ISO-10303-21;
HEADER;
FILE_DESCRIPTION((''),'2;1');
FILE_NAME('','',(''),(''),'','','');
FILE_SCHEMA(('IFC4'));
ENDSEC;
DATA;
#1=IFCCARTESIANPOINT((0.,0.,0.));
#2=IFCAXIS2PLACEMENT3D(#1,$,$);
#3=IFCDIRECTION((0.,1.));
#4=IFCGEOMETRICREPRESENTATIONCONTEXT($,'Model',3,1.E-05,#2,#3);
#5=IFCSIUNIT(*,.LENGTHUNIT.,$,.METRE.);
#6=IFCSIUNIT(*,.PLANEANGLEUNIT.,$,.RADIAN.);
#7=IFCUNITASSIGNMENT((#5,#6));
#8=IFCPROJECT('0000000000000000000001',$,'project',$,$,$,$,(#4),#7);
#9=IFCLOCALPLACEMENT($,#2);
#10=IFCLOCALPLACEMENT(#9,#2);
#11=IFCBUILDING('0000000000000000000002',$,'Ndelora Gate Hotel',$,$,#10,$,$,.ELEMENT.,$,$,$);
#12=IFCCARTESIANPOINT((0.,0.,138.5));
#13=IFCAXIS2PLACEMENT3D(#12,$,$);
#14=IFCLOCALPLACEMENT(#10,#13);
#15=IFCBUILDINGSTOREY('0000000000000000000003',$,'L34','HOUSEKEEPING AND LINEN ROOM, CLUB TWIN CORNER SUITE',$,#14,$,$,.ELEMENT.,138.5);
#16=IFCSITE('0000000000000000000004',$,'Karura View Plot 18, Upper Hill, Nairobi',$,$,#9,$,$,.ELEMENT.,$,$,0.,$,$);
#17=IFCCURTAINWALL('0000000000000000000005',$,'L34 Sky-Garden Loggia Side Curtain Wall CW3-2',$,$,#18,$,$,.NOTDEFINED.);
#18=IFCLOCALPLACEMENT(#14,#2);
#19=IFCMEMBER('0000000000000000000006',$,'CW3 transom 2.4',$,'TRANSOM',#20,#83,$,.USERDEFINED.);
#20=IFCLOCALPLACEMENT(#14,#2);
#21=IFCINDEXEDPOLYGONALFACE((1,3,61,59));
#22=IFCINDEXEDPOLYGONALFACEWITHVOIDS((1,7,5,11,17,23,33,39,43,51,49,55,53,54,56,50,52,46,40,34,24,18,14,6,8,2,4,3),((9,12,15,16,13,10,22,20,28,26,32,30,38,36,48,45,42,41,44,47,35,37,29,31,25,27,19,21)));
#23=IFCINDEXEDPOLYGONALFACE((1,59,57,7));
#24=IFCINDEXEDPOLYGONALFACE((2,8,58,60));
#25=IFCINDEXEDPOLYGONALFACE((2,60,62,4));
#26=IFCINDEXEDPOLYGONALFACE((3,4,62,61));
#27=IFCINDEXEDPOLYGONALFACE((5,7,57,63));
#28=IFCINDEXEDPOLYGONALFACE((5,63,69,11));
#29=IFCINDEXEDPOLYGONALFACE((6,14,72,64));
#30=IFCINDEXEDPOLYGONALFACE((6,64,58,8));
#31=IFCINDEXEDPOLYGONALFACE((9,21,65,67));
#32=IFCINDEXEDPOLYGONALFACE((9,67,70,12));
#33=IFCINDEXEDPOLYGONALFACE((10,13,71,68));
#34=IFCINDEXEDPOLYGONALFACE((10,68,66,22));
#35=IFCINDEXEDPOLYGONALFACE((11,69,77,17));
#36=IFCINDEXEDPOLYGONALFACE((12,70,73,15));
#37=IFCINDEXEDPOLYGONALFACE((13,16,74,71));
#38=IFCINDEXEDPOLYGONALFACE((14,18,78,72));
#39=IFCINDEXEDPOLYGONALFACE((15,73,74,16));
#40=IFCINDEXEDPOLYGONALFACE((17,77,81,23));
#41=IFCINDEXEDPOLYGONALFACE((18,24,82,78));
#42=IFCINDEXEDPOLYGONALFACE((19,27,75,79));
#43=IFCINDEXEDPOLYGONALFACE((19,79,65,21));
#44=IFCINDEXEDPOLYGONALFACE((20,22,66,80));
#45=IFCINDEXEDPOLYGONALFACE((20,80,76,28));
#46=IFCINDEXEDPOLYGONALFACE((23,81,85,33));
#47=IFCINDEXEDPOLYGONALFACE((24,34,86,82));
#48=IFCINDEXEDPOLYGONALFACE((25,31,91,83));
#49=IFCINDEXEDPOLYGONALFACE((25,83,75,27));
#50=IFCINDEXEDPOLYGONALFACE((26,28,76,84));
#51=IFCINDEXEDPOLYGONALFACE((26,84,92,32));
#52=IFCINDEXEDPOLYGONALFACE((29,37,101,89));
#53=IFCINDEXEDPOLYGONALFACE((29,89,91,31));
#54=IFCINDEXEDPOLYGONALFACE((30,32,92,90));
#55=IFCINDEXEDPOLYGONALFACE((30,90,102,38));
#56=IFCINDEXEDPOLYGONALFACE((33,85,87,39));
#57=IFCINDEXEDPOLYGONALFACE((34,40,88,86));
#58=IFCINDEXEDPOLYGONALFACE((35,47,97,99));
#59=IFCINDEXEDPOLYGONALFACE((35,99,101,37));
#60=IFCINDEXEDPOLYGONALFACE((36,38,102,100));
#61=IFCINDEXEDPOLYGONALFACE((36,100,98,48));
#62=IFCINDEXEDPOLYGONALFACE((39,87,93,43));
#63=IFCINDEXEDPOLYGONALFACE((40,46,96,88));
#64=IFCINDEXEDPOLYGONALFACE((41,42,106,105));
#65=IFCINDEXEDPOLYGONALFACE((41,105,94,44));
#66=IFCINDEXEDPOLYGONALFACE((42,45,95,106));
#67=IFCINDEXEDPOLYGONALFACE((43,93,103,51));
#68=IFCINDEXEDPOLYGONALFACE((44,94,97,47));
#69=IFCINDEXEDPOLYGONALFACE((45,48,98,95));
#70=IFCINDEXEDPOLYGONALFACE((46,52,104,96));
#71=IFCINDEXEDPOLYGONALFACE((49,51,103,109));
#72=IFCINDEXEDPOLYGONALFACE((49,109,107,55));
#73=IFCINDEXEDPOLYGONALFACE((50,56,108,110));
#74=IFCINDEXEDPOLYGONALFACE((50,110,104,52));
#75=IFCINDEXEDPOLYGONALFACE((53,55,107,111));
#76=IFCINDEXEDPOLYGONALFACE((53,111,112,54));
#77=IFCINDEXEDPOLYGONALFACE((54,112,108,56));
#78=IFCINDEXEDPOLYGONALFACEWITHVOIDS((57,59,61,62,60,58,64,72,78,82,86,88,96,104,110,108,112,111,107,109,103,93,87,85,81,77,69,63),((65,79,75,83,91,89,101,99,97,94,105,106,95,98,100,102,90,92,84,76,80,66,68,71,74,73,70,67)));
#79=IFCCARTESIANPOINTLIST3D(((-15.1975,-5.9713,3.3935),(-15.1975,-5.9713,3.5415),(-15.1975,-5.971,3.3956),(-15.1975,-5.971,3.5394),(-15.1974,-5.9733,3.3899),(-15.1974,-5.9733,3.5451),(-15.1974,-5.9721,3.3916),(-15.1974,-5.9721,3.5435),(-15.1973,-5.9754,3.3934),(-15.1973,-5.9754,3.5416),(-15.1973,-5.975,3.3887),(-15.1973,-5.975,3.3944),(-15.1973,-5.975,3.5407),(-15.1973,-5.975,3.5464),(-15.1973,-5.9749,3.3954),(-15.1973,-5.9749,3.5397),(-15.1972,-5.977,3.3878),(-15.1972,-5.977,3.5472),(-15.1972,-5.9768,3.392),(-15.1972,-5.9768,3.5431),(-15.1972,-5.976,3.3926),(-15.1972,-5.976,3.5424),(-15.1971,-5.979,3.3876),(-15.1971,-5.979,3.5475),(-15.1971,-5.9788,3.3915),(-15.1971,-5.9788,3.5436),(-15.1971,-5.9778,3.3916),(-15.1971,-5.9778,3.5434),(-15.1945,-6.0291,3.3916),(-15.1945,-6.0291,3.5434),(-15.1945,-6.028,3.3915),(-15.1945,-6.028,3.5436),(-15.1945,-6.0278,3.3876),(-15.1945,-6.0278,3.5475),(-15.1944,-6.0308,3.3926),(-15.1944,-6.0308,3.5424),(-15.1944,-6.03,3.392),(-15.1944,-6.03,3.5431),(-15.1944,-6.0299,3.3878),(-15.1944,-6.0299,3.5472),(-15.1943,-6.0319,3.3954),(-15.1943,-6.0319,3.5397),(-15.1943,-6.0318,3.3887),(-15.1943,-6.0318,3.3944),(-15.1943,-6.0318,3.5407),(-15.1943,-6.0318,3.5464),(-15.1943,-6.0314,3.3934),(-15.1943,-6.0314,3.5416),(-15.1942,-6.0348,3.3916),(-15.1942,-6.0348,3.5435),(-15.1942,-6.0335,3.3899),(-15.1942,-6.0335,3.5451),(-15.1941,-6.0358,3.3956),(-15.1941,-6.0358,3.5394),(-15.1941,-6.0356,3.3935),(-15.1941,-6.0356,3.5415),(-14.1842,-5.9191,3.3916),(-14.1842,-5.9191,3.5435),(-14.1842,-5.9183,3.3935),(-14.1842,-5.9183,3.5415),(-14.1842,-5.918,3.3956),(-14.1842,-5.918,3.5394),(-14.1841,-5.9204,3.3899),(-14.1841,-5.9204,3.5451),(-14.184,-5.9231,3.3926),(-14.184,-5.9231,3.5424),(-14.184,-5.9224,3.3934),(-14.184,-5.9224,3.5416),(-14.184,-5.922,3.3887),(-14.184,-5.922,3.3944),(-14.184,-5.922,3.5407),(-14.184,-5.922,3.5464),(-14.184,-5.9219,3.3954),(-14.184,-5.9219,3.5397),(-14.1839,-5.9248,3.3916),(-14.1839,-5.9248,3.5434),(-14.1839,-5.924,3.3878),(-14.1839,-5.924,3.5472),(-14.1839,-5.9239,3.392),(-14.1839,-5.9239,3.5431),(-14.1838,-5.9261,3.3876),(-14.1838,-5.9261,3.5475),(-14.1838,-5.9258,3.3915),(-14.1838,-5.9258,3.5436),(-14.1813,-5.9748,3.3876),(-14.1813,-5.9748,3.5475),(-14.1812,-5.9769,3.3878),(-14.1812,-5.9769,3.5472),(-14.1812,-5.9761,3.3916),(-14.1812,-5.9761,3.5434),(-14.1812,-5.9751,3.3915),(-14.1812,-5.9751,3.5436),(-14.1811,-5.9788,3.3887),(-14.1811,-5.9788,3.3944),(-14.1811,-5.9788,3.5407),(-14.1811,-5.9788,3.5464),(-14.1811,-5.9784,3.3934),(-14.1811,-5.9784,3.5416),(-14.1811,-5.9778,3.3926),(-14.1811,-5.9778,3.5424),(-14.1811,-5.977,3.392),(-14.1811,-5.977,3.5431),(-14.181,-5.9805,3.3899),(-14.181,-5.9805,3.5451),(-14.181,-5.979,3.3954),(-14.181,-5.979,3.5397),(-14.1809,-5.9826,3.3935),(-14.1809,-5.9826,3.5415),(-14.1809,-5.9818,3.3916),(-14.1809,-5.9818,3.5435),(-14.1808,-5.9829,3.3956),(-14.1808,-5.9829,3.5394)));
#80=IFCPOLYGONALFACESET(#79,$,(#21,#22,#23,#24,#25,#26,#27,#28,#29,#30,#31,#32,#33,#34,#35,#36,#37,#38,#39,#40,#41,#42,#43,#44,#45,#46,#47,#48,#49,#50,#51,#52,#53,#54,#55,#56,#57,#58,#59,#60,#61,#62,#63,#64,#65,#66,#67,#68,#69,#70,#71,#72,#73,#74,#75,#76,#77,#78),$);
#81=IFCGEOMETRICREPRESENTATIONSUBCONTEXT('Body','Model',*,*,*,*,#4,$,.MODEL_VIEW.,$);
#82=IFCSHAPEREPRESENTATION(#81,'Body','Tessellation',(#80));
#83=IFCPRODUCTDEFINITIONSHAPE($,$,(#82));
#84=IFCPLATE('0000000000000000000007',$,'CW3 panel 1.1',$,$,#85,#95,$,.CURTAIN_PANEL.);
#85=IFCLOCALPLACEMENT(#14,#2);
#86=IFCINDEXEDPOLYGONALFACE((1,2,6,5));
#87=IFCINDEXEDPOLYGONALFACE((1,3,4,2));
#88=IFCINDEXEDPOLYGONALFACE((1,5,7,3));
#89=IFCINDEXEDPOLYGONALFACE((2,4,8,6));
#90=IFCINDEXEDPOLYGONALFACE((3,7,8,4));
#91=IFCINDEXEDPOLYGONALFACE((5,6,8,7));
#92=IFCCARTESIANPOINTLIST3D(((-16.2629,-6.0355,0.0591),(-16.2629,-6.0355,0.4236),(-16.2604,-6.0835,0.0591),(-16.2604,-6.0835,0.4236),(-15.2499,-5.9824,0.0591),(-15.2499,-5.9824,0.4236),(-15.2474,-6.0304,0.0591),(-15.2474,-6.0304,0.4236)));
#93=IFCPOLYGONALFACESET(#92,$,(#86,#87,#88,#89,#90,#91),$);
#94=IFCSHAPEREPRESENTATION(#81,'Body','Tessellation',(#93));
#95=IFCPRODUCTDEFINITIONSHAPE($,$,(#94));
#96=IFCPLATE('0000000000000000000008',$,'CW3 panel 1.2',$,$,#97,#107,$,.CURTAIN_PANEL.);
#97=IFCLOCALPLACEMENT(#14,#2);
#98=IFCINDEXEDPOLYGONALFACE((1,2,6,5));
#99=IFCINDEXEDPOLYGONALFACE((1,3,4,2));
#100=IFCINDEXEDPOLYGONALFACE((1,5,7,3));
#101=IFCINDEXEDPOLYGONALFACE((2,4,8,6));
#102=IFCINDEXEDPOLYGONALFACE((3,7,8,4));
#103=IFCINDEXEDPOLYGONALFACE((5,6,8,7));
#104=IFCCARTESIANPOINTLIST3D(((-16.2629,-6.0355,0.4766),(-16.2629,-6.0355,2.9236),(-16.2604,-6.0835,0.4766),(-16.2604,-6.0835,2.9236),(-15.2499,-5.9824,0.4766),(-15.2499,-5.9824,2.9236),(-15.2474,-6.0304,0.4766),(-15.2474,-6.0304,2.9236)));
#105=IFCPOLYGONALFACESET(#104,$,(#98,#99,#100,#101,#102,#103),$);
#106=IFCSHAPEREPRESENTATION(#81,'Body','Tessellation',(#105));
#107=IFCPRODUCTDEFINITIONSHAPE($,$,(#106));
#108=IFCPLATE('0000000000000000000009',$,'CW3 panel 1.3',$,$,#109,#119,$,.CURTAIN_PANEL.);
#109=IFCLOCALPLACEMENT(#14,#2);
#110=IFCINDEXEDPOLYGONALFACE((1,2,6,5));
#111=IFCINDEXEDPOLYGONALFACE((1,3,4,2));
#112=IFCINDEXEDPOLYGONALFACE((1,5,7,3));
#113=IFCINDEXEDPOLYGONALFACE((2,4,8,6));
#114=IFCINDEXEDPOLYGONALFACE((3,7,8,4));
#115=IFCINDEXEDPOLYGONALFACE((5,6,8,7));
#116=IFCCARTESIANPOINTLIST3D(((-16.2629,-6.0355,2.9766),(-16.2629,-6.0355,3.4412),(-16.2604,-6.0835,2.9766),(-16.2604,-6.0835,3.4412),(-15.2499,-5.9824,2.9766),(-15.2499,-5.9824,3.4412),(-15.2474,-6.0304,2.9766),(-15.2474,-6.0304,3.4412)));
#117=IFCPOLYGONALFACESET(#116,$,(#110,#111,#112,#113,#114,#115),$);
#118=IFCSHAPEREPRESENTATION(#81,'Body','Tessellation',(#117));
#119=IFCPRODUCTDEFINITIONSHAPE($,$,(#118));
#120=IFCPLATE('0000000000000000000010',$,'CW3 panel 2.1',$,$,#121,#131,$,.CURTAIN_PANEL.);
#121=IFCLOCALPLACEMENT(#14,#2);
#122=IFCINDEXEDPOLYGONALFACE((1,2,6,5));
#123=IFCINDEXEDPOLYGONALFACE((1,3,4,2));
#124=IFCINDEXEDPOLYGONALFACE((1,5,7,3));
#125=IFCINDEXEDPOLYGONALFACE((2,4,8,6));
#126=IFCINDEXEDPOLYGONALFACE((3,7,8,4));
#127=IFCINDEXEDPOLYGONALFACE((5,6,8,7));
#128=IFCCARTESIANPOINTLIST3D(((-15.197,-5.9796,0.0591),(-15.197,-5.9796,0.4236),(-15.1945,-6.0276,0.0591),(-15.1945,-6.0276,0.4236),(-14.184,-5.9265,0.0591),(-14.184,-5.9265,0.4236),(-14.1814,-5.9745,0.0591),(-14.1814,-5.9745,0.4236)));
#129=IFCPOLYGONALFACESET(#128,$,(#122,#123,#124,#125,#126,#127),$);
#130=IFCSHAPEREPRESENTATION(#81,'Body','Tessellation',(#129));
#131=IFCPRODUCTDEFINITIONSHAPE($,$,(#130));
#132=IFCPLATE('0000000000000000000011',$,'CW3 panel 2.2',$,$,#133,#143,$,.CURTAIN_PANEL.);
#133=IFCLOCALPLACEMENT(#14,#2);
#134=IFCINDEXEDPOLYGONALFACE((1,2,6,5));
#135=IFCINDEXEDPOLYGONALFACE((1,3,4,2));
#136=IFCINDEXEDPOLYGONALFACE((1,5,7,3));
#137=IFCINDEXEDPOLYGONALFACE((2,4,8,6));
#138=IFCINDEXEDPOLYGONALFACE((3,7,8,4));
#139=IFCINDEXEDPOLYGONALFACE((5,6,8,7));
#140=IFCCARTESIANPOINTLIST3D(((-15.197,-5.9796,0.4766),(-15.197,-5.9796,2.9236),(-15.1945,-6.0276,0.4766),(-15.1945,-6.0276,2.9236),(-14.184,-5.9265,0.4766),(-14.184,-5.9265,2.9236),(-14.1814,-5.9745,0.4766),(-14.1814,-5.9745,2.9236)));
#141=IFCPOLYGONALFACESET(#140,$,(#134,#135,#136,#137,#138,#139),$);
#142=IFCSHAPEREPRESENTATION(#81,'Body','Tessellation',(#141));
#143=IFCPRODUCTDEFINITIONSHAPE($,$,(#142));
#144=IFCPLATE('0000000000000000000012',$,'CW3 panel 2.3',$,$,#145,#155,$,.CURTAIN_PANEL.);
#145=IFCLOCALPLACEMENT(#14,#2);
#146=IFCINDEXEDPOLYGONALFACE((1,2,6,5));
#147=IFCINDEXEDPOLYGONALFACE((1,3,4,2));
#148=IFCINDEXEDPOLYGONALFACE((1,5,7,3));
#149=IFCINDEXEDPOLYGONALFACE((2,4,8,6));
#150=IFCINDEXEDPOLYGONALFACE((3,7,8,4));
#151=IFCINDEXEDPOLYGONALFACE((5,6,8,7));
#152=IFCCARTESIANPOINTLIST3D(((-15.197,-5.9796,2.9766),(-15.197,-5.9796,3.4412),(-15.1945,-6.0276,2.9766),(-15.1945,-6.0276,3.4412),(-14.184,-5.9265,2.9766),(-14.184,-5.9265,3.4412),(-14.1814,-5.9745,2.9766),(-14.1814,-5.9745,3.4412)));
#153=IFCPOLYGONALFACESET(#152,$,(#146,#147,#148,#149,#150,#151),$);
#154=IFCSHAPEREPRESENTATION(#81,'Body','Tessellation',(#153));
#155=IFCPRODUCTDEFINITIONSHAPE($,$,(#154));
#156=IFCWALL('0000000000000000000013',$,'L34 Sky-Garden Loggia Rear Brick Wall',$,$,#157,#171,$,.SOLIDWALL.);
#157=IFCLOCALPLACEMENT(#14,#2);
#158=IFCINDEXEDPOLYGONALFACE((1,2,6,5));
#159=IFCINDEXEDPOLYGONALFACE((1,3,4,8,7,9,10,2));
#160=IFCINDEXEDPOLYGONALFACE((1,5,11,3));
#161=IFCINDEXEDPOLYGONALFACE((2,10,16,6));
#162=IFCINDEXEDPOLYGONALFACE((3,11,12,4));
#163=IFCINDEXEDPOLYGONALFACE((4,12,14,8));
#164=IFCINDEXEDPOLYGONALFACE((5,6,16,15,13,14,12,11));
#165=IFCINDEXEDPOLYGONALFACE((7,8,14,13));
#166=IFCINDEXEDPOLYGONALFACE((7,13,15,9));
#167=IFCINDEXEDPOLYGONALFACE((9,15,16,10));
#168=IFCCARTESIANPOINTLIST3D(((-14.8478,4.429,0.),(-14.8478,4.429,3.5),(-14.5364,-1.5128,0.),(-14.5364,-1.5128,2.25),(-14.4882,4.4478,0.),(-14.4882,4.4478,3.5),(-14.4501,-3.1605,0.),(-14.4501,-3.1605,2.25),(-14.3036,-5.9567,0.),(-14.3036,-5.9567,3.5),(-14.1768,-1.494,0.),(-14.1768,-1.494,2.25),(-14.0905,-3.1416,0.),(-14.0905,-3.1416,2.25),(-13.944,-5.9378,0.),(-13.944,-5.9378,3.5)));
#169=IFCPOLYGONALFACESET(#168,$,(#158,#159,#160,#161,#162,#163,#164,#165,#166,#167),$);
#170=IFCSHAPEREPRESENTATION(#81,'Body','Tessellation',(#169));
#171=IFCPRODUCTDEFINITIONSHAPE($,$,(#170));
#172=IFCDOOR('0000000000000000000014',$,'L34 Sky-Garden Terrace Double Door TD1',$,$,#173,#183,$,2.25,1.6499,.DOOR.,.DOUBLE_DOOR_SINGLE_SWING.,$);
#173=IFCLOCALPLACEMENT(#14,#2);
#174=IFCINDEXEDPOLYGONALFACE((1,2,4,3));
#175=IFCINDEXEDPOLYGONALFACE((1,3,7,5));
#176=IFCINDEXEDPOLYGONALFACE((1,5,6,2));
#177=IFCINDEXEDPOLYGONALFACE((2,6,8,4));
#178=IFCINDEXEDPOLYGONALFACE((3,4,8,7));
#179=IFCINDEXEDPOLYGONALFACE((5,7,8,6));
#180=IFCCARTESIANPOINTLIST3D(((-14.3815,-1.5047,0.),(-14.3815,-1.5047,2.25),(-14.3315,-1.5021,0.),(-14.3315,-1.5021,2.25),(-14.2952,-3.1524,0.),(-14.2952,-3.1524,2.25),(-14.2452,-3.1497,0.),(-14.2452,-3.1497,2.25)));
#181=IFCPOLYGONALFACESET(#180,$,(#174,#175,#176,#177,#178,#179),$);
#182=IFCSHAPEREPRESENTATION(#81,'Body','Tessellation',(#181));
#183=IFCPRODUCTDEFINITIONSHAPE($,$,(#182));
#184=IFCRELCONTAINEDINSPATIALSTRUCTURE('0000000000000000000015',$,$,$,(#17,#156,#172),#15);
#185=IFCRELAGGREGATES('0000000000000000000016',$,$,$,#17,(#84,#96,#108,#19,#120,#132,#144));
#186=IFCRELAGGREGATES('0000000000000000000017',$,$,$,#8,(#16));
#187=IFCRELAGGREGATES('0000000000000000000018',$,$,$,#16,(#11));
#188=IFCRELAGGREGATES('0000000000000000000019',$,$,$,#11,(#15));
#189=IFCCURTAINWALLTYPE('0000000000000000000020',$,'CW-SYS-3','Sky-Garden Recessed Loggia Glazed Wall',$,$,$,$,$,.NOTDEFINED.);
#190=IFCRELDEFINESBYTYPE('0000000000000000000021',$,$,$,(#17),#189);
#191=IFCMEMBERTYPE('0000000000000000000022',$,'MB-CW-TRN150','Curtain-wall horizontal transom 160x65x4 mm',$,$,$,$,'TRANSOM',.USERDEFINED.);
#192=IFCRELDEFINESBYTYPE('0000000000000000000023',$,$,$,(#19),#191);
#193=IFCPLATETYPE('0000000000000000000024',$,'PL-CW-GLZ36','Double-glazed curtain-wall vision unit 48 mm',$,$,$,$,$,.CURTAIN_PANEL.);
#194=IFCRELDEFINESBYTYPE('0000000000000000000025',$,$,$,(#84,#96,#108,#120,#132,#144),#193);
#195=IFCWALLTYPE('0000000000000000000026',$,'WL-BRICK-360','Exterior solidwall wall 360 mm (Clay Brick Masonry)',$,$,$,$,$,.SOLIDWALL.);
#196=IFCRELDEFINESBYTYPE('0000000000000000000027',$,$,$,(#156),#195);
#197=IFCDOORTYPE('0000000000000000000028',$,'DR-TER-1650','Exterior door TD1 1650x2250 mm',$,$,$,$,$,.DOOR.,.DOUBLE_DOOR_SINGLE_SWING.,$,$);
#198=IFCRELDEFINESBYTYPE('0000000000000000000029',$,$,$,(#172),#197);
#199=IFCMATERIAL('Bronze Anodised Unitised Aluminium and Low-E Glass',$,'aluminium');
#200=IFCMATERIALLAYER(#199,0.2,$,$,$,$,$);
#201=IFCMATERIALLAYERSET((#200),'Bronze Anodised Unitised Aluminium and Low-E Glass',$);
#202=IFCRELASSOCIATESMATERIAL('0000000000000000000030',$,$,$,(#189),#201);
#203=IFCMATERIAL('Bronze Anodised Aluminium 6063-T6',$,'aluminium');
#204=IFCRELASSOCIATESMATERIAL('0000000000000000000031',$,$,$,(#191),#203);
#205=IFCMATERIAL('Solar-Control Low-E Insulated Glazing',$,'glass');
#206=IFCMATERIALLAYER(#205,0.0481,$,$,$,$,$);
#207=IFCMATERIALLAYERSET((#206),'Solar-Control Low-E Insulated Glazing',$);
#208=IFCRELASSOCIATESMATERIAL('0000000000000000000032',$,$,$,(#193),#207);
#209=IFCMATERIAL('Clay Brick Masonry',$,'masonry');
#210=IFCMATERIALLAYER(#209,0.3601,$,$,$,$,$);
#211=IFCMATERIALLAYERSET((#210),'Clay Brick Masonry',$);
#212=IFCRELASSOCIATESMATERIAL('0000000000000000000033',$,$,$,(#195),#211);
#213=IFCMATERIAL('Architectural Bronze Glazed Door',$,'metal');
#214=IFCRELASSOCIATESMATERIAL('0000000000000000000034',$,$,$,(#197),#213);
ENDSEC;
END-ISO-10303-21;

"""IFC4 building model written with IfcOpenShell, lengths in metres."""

from ifc_helpers import new_model, si_unit, direction, frame, frame_2d, origin, origin_2d, place, context, subcontext, project, spatial, rectangle, hollow_rectangle, extrude, material, layer, layer_set, material_profile, profile_set, type_object, element, fill, aggregate, save


model = new_model("IFC4")

# Units and contexts
model_context = context("Model", 3, precision=1e-05, world=origin(), true_north=direction((0.0, 1.0)))
body_context = subcontext(model_context, "Body", "Model", "MODEL_VIEW")
ifc_project = project(units=[si_unit("LENGTHUNIT", "METRE"), si_unit("PLANEANGLEUNIT", "RADIAN")], contexts=[model_context])

# Site, building, storey
site_placement = place(None, origin())
site = spatial("IfcSite", under=ifc_project, at=site_placement, Name="Karura View Plot 18, Upper Hill, Nairobi", CompositionType="ELEMENT", RefElevation=0.0)
building_placement = place(site_placement, origin())
building = spatial("IfcBuilding", under=site, at=building_placement, Name="Ndelora Gate Hotel", CompositionType="ELEMENT")
storey_placement = place(building_placement, frame((0.0, 0.0, 138.5)))
storey = spatial("IfcBuildingStorey", under=building, at=storey_placement, Name="L34", Description="HOUSEKEEPING AND LINEN ROOM, CLUB TWIN CORNER SUITE", CompositionType="ELEMENT", Elevation=138.5)

# Curtain wall, member, plates
ifc_material_1 = material(Name="Bronze Anodised Unitised Aluminium and Low-E Glass", Category="aluminium")
ifc_layer_1 = layer(ifc_material_1, 0.2)
ifc_layer_set_1 = layer_set([ifc_layer_1], Name="Bronze Anodised Unitised Aluminium and Low-E Glass")
curtain_wall_type = type_object("IfcCurtainWallType", Name="CW-SYS-3", Description="Sky-Garden Recessed Loggia Glazed Wall", PredefinedType="NOTDEFINED", material=ifc_layer_set_1)
curtain_wall_placement = place(storey_placement, origin())
curtain_wall = element("IfcCurtainWall", 1, at=curtain_wall_placement, inside=storey, type_object=curtain_wall_type, Name="L34 Sky-Garden Loggia Side Curtain Wall CW3-2", PredefinedType="NOTDEFINED")
ifc_material_2 = material(Name="Bronze Anodised Aluminium 6063-T6", Category="aluminium")
ifc_material_profile_1 = material_profile(ifc_material_2, hollow_rectangle(XDim=0.0649, YDim=0.1599, WallThickness=0.0039, InnerFilletRadius=0.0039, OuterFilletRadius=0.0081, at=origin_2d()), Name="ALU 160x65x4")
ifc_profile_set_1 = profile_set([ifc_material_profile_1], Name="Bronze Anodised Aluminium 6063-T6")
member_type_1 = type_object("IfcMemberType", Name="MB-CW-TRN150", Description="Curtain-wall horizontal transom 160x65x4 mm", ElementType="TRANSOM", PredefinedType="USERDEFINED", material=ifc_profile_set_1)
member_1_placement = place(storey_placement, frame((-15.1958, -6.0034, 3.4675), z_axis=(0.998636, 0.052218, 0.0), x_axis=(-0.052218, 0.998636, 0.0)))
member_1 = element("IfcMember", 2, at=member_1_placement, type_object=member_type_1, Name="CW3 transom 2.4", ObjectType="TRANSOM", PredefinedType="USERDEFINED", context=body_context, shape_type="SweptSolid", body=[
    extrude(hollow_rectangle(XDim=0.0649, YDim=0.1599, WallThickness=0.0039, InnerFilletRadius=0.0039, OuterFilletRadius=0.0081, at=origin_2d()), origin(), (0.0, 0.0, 1.0), 1.0146),
])
ifc_material_3 = material(Name="Solar-Control Low-E Insulated Glazing", Category="glass")
ifc_layer_2 = layer(ifc_material_3, 0.0481)
ifc_layer_set_2 = layer_set([ifc_layer_2], Name="Solar-Control Low-E Insulated Glazing")
plate_type = type_object("IfcPlateType", Name="PL-CW-GLZ36", Description="Double-glazed curtain-wall vision unit 48 mm", PredefinedType="CURTAIN_PANEL", material=ifc_layer_set_2)
plate_1_placement = place(storey_placement, frame((-15.7551, -6.033, 0.0591), z_axis=(0.0, 0.0, 1.0), x_axis=(0.998628, 0.052363, 0.0)))
plate_1 = element("IfcPlate", 3, at=plate_1_placement, type_object=plate_type, Name="CW3 panel 1.1", PredefinedType="CURTAIN_PANEL", context=body_context, shape_type="SweptSolid", body=[
    extrude(rectangle(XDim=1.0144, YDim=0.0481, at=origin_2d()), origin(), (0.0, 0.0, 1.0), 0.3645),
])
plate_2_placement = place(storey_placement, frame((-15.7551, -6.033, 0.4766), z_axis=(0.0, 0.0, 1.0), x_axis=(0.998628, 0.052363, 0.0)))
plate_2 = element("IfcPlate", 4, at=plate_2_placement, type_object=plate_type, Name="CW3 panel 1.2", PredefinedType="CURTAIN_PANEL", context=body_context, shape_type="SweptSolid", body=[
    extrude(rectangle(XDim=1.0144, YDim=0.0481, at=origin_2d()), origin(), (0.0, 0.0, 1.0), 2.447),
])
plate_3_placement = place(storey_placement, frame((-15.7551, -6.033, 2.9766), z_axis=(0.0, 0.0, 1.0), x_axis=(0.998628, 0.052363, 0.0)))
plate_3 = element("IfcPlate", 5, at=plate_3_placement, type_object=plate_type, Name="CW3 panel 1.3", PredefinedType="CURTAIN_PANEL", context=body_context, shape_type="SweptSolid", body=[
    extrude(rectangle(XDim=1.0144, YDim=0.0481, at=origin_2d()), origin(), (0.0, 0.0, 1.0), 0.4646),
])
plate_4_placement = place(storey_placement, frame((-14.6892, -5.9771, 0.0591), z_axis=(0.0, 0.0, 1.0), x_axis=(0.998628, 0.052363, 0.0)))
plate_4 = element("IfcPlate", 6, at=plate_4_placement, type_object=plate_type, Name="CW3 panel 2.1", PredefinedType="CURTAIN_PANEL", context=body_context, shape_type="SweptSolid", body=[
    extrude(rectangle(XDim=1.0144, YDim=0.0481, at=origin_2d()), origin(), (0.0, 0.0, 1.0), 0.3645),
])
plate_5_placement = place(storey_placement, frame((-14.6892, -5.9771, 0.4766), z_axis=(0.0, 0.0, 1.0), x_axis=(0.998628, 0.052363, 0.0)))
plate_5 = element("IfcPlate", 7, at=plate_5_placement, type_object=plate_type, Name="CW3 panel 2.2", PredefinedType="CURTAIN_PANEL", context=body_context, shape_type="SweptSolid", body=[
    extrude(rectangle(XDim=1.0144, YDim=0.0481, at=origin_2d()), origin(), (0.0, 0.0, 1.0), 2.447),
])
plate_6_placement = place(storey_placement, frame((-14.6892, -5.9771, 2.9766), z_axis=(0.0, 0.0, 1.0), x_axis=(0.998628, 0.052363, 0.0)))
plate_6 = element("IfcPlate", 8, at=plate_6_placement, type_object=plate_type, Name="CW3 panel 2.3", PredefinedType="CURTAIN_PANEL", context=body_context, shape_type="SweptSolid", body=[
    extrude(rectangle(XDim=1.0144, YDim=0.0481, at=origin_2d()), origin(), (0.0, 0.0, 1.0), 0.4646),
])
aggregate(curtain_wall, [plate_1, plate_2, plate_3, member_1, plate_4, plate_5, plate_6])

# Wall, opening, door
ifc_material_4 = material(Name="Clay Brick Masonry", Category="masonry")
ifc_layer_3 = layer(ifc_material_4, 0.3601)
ifc_layer_set_3 = layer_set([ifc_layer_3], Name="Clay Brick Masonry")
wall_type = type_object("IfcWallType", Name="WL-BRICK-360", Description="Exterior solidwall wall 360 mm (Clay Brick Masonry)", PredefinedType="SOLIDWALL", material=ifc_layer_set_3)
wall_placement = place(storey_placement, frame((-14.1238, -5.9473, 0.0), z_axis=(0.0, 0.0, 1.0), x_axis=(-0.052326, 0.99863, 0.0)))
wall = element("IfcWall", 9, at=wall_placement, inside=storey, type_object=wall_type, Name="L34 Sky-Garden Loggia Rear Brick Wall", PredefinedType="SOLIDWALL", context=body_context, shape_type="SweptSolid", body=[
    extrude(rectangle(XDim=10.3999, YDim=0.3601, at=frame_2d((5.2, 0.0))), origin(), (0.0, 0.0, 1.0), 3.5),
])
opening_placement = place(wall_placement, frame((2.8, 0.0, 0.0)))
opening = element("IfcOpeningElement", 10, at=opening_placement, cuts=wall, PredefinedType="OPENING", context=body_context, shape_type="SweptSolid", body=[
    extrude(rectangle(XDim=1.6499, YDim=2.25, at=frame_2d((0.825, 1.125))), frame((0.0, 0.1899, 0.0), z_axis=(0.0, -1.0, 0.0), x_axis=(1.0, 0.0, 0.0)), (0.0, 0.0, 1.0), 0.3801),
])
ifc_material_5 = material(Name="Architectural Bronze Glazed Door", Category="metal")
door_type = type_object("IfcDoorType", Name="DR-TER-1650", Description="Exterior door TD1 1650x2250 mm", OperationType="DOUBLE_DOOR_SINGLE_SWING", PredefinedType="DOOR", material=ifc_material_5)
door_placement = place(opening_placement, origin())
door = element("IfcDoor", 11, at=door_placement, inside=storey, type_object=door_type, Name="L34 Sky-Garden Terrace Double Door TD1", OperationType="DOUBLE_DOOR_SINGLE_SWING", OverallHeight=2.25, OverallWidth=1.6499, PredefinedType="DOOR", context=body_context, shape_type="SweptSolid", body=[
    extrude(rectangle(XDim=1.6499, YDim=2.25, at=frame_2d((0.825, 1.125))), frame((0.0, 0.0249, 0.0), z_axis=(0.0, -1.0, 0.0), x_axis=(1.0, 0.0, 0.0)), (0.0, 0.0, 1.0), 0.05),
])
fill(opening, door)

save(model, "model.ifc")
